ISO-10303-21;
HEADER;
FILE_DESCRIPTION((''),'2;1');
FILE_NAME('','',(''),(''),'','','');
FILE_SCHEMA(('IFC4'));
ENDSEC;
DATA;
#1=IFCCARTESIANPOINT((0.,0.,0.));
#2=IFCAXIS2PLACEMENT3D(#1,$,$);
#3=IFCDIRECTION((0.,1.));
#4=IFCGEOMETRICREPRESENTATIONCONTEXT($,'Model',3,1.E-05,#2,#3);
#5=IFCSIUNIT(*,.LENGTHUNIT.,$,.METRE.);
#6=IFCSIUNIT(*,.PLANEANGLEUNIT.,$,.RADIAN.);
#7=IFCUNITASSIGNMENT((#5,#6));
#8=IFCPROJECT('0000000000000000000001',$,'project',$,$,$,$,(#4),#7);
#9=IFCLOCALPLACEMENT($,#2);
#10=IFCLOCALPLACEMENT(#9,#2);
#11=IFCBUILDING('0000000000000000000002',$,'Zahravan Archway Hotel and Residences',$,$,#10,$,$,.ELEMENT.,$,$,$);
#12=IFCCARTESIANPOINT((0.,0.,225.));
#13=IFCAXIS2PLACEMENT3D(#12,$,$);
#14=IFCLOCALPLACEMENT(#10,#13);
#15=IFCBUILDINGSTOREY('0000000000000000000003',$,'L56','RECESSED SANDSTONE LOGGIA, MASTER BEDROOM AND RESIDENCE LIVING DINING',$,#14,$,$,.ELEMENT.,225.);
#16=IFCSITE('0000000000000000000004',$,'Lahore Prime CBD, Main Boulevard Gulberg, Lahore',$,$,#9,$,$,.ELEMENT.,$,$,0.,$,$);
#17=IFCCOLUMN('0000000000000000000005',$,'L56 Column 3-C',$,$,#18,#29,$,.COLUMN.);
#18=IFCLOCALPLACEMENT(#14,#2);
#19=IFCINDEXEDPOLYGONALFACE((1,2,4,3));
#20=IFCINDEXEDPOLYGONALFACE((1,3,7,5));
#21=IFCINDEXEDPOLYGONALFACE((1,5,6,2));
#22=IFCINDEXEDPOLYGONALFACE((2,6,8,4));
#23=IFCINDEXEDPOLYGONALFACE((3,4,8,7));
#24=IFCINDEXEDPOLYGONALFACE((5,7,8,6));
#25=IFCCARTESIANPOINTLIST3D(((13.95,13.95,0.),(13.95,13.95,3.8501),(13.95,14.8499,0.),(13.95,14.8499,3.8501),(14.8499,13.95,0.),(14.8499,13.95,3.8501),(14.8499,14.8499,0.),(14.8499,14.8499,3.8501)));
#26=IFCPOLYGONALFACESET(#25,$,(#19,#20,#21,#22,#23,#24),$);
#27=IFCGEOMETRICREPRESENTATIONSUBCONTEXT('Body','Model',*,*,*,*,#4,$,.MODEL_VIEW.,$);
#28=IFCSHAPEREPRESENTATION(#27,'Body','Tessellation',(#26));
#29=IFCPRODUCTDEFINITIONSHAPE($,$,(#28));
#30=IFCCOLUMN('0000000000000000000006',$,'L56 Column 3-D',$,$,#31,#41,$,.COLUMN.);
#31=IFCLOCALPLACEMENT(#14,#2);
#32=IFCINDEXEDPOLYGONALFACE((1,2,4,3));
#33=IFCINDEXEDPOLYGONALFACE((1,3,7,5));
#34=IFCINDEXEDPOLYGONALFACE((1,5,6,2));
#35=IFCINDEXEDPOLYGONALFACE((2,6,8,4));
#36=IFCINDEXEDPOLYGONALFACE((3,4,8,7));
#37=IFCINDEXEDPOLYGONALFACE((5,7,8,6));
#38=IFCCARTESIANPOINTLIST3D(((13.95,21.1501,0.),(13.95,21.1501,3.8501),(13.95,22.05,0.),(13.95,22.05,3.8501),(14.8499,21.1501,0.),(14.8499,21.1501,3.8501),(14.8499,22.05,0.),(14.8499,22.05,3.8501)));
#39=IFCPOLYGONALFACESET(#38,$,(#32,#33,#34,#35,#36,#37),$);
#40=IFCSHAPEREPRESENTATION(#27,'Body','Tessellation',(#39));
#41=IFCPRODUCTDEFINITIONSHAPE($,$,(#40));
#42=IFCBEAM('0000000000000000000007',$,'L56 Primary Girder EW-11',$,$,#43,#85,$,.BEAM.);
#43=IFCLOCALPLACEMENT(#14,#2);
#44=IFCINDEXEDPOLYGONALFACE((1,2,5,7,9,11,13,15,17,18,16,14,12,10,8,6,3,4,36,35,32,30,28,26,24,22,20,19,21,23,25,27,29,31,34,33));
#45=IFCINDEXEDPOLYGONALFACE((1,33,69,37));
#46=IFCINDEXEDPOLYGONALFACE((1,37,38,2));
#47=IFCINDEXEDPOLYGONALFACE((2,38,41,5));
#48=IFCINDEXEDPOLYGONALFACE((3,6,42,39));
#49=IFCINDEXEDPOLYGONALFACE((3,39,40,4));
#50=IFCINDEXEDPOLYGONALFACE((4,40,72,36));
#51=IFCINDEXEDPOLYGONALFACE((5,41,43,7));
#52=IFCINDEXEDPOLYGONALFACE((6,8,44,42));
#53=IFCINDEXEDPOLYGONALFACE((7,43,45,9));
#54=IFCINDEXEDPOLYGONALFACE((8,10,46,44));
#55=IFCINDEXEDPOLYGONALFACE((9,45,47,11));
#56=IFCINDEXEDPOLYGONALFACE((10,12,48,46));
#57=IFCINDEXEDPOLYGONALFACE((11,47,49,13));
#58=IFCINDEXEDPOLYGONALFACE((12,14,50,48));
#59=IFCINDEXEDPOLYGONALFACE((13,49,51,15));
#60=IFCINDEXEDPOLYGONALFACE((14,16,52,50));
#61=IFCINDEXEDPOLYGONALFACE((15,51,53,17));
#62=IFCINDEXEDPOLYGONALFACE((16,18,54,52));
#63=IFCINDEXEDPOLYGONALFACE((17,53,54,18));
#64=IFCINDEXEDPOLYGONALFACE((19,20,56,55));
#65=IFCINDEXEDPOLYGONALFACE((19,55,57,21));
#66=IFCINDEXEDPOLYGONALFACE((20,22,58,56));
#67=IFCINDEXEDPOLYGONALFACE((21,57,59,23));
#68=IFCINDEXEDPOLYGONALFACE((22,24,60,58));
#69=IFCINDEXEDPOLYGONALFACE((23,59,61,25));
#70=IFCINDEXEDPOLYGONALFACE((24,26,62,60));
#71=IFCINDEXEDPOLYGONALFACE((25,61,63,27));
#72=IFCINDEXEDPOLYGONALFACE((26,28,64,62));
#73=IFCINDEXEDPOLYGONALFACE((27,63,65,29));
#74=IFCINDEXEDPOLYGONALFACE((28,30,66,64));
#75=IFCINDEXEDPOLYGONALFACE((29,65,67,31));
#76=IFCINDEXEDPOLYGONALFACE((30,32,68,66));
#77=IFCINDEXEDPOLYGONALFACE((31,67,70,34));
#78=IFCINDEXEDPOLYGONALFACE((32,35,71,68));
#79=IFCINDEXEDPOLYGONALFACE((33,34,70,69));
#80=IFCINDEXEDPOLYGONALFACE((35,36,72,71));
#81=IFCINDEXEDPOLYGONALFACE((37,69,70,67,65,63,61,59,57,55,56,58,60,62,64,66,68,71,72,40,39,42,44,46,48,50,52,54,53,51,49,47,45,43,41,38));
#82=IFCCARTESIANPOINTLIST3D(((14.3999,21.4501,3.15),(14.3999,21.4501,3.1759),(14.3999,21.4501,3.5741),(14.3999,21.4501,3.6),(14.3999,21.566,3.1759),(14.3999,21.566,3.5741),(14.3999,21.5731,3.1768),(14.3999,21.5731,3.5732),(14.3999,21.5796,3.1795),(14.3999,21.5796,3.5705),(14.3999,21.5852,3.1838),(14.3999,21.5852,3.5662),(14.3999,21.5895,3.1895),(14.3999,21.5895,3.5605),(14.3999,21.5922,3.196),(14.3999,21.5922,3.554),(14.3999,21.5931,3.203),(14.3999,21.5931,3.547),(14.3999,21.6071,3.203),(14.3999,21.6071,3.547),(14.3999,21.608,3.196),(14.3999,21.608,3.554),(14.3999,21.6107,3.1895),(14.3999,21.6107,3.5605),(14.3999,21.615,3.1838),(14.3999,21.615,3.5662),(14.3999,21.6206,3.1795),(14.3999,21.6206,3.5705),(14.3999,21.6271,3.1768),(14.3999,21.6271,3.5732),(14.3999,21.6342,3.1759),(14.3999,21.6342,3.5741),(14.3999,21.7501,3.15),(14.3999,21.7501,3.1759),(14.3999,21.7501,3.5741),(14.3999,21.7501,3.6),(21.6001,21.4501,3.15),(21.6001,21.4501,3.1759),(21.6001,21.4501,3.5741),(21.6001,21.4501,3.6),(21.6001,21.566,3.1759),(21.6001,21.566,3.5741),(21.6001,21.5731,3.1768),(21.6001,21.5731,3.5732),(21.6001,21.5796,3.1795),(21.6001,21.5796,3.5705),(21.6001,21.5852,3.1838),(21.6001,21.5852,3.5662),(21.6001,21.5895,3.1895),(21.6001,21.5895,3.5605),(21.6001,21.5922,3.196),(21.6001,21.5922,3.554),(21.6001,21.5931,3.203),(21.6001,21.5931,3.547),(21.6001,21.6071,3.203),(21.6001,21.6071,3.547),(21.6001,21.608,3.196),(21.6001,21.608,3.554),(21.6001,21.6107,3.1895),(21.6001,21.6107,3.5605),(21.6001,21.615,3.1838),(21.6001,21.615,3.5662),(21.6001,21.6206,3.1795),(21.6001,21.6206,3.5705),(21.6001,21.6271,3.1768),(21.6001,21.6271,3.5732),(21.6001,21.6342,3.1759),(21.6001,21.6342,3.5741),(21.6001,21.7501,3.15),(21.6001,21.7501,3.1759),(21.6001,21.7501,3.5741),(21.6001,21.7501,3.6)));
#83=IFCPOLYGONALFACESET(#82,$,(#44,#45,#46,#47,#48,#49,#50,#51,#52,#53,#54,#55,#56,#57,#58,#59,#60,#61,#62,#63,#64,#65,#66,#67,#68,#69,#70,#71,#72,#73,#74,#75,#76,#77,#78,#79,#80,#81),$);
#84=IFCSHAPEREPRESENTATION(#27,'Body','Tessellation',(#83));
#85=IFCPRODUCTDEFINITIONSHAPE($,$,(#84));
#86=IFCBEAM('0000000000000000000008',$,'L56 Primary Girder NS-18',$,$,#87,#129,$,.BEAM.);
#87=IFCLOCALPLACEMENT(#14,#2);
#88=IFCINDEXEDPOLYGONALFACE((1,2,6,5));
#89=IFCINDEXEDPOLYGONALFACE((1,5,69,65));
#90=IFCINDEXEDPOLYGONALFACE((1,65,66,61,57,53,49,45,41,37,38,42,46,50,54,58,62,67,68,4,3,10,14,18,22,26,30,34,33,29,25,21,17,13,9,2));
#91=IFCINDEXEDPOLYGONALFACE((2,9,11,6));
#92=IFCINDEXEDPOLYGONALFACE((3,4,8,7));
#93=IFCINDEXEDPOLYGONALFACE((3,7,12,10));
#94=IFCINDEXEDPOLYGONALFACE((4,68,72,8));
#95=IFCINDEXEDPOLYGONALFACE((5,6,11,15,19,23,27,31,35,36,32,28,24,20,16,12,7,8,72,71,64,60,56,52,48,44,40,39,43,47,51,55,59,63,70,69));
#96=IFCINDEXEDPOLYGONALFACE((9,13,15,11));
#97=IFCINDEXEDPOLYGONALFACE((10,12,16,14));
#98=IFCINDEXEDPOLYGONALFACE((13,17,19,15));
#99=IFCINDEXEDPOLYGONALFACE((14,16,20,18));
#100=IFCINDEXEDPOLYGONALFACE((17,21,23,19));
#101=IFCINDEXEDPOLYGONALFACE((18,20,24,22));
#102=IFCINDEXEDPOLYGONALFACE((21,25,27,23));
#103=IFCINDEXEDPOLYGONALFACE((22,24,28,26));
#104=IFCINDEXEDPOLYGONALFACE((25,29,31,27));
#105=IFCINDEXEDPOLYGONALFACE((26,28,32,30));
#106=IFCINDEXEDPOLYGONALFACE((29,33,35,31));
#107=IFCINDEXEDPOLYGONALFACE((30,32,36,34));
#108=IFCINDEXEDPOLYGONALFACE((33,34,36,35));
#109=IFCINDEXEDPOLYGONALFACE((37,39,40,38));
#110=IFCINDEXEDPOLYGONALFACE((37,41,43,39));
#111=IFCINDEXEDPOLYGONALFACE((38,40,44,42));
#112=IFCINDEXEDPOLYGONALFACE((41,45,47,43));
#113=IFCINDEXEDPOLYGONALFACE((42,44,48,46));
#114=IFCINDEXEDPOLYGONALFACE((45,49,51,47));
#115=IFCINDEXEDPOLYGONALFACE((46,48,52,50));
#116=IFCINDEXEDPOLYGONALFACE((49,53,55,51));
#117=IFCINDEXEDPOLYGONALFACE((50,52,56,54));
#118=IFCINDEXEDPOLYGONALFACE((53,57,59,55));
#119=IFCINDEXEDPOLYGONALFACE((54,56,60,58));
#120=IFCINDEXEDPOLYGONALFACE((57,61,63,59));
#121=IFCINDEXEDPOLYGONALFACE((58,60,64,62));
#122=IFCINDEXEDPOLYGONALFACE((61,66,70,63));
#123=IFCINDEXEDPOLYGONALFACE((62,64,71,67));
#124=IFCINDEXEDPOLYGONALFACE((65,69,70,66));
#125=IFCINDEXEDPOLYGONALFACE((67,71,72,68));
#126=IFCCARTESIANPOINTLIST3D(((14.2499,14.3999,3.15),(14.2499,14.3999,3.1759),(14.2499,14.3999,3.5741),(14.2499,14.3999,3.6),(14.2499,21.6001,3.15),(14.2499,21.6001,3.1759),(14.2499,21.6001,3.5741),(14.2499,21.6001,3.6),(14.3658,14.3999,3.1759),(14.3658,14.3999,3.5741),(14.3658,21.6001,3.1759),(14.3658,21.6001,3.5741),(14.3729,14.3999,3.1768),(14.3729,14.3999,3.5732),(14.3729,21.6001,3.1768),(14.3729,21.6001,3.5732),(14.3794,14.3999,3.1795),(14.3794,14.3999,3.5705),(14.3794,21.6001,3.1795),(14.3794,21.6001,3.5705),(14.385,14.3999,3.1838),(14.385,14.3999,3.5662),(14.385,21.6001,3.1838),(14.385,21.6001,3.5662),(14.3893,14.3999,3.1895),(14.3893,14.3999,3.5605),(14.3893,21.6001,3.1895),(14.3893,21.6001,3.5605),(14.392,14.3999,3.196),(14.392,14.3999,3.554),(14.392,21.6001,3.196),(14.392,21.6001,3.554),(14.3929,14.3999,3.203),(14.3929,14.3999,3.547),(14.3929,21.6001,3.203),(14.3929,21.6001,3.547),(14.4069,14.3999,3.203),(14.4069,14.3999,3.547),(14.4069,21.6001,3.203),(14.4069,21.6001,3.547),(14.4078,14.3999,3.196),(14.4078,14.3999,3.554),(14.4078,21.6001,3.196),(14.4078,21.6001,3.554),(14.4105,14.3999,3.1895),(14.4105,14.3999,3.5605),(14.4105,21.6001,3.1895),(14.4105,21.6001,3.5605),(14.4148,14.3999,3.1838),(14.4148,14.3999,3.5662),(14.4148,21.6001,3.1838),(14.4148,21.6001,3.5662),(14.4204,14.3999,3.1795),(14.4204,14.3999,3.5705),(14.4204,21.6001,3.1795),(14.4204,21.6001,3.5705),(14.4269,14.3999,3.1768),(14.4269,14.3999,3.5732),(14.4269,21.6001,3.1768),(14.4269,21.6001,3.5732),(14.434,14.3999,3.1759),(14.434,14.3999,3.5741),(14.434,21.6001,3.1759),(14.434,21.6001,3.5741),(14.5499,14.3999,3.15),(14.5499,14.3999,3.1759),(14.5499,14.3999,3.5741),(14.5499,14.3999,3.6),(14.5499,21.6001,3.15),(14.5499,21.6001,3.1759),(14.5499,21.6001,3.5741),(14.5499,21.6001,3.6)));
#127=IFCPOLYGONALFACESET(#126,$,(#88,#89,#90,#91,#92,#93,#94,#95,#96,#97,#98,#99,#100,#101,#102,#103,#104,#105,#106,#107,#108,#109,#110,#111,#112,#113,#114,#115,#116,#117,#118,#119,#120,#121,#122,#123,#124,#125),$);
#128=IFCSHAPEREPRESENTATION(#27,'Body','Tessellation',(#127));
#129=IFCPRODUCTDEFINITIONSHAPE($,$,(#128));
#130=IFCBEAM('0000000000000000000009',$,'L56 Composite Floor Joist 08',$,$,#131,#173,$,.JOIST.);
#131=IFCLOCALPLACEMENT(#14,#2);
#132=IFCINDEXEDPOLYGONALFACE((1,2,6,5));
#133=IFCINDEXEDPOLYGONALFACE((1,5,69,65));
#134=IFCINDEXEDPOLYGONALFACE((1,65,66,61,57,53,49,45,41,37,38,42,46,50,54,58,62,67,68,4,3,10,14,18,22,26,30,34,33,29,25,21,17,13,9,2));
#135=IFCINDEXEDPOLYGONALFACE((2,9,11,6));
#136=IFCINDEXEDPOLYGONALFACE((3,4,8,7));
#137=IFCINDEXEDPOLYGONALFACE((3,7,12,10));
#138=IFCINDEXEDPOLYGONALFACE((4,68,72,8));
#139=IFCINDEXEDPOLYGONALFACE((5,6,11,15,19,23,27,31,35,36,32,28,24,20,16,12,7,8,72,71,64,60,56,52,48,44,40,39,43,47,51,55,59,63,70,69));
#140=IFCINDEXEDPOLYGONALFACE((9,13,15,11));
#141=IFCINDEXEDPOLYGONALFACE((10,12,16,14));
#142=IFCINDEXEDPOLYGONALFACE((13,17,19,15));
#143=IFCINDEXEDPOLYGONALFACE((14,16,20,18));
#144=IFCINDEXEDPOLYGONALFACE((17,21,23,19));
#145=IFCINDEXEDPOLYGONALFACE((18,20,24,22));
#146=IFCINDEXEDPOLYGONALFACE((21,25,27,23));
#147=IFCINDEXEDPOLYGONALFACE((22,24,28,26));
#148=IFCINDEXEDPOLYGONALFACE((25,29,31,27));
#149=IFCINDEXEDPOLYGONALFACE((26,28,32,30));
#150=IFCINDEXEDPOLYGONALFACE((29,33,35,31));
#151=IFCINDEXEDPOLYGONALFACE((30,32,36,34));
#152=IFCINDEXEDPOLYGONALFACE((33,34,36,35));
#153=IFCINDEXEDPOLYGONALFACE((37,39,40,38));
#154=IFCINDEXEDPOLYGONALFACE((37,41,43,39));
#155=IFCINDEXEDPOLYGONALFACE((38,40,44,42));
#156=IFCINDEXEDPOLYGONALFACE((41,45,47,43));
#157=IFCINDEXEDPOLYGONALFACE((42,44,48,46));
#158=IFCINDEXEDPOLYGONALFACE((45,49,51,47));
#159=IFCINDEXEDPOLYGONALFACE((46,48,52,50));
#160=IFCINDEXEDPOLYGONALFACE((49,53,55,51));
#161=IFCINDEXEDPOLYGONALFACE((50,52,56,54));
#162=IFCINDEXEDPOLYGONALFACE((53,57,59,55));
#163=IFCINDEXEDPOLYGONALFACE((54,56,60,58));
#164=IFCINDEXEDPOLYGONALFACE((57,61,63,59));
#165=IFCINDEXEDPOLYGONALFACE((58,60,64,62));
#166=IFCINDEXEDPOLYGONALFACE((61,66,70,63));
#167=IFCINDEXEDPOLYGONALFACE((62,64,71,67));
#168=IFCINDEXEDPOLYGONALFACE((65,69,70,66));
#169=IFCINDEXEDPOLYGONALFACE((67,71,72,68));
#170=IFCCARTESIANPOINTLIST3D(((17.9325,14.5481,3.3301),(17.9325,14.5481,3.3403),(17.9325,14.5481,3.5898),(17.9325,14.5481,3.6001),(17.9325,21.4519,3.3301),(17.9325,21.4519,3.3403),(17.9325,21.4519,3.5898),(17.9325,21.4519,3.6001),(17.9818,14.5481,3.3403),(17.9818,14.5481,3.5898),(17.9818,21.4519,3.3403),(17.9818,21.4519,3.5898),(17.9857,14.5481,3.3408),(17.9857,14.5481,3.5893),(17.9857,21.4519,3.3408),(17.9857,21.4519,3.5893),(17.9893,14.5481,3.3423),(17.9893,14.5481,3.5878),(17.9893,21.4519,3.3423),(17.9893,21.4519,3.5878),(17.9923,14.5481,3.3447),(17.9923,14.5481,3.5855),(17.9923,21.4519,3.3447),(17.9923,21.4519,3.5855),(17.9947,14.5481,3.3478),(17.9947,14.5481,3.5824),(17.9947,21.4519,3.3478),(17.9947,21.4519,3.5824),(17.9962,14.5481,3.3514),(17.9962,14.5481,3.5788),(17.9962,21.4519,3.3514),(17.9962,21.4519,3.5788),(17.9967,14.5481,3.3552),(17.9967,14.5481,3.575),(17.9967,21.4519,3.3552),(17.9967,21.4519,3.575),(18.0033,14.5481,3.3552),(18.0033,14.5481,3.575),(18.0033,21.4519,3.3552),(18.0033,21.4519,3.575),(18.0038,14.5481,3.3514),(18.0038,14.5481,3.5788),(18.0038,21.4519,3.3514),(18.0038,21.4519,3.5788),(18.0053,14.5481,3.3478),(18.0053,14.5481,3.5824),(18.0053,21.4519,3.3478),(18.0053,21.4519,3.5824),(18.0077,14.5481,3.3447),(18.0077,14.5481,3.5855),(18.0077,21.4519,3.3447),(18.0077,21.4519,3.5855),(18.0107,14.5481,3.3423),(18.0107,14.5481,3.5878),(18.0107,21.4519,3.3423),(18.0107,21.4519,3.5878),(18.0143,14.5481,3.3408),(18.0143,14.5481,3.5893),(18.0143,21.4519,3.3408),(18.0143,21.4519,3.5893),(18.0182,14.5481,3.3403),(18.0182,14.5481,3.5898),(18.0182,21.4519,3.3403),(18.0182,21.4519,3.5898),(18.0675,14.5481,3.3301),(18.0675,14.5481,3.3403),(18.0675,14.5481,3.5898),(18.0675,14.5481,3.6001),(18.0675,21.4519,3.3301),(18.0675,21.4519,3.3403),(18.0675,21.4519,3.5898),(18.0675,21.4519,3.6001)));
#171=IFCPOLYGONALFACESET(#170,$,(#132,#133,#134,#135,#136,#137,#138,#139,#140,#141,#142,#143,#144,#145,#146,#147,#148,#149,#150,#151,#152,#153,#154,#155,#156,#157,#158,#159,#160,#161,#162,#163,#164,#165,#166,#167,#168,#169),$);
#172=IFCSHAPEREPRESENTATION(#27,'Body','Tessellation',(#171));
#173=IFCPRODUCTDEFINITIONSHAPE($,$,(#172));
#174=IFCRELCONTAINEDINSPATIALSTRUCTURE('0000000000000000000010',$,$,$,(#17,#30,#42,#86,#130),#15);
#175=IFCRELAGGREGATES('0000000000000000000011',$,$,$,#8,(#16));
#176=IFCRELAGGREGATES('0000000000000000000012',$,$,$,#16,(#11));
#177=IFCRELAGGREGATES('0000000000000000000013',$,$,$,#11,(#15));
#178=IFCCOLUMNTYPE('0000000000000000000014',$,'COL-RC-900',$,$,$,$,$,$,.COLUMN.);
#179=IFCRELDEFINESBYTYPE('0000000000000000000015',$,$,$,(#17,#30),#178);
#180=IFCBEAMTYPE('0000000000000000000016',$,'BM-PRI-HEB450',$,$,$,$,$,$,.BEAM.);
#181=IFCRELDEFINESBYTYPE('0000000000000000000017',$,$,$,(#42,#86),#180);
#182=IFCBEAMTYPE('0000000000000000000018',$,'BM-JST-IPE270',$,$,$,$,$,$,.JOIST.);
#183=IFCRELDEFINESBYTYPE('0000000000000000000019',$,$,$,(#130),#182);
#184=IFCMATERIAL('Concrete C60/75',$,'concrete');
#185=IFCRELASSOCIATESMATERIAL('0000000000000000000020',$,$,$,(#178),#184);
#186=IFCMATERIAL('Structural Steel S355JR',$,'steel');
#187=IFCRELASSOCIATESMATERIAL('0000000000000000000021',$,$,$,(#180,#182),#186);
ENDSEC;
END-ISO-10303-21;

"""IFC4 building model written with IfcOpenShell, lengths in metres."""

from ifc_helpers import new_model, si_unit, direction, frame, origin, origin_2d, place, context, subcontext, project, spatial, rectangle, i_section, extrude, source, transform, mapped, material, material_profile, profile_set, type_object, type_shapes, element, save


model = new_model("IFC4")

# Units and contexts
model_context = context("Model", 3, precision=1e-05, world=origin(), true_north=direction((0.0, 1.0)))
body_context = subcontext(model_context, "Body", "Model", "MODEL_VIEW")
ifc_project = project(units=[si_unit("LENGTHUNIT", "METRE"), si_unit("PLANEANGLEUNIT", "RADIAN")], contexts=[model_context])

# Site, building, storey
site_placement = place(None, origin())
site = spatial("IfcSite", under=ifc_project, at=site_placement, Name="Lahore Prime CBD, Main Boulevard Gulberg, Lahore", CompositionType="ELEMENT", RefElevation=0.0)
building_placement = place(site_placement, origin())
building = spatial("IfcBuilding", under=site, at=building_placement, Name="Zahravan Archway Hotel and Residences", CompositionType="ELEMENT")
storey_placement = place(building_placement, frame((0.0, 0.0, 225.0)))
storey = spatial("IfcBuildingStorey", under=building, at=storey_placement, Name="L56", Description="RECESSED SANDSTONE LOGGIA, MASTER BEDROOM AND RESIDENCE LIVING DINING", CompositionType="ELEMENT", Elevation=225.0)

# Columns
ifc_material_1 = material(Name="Concrete C60/75", Category="concrete")
ifc_material_profile_1 = material_profile(ifc_material_1, rectangle(XDim=0.8999, YDim=0.8999, at=origin_2d()), Name="RC-COL-900x900", Category="concrete")
ifc_profile_set_1 = profile_set([ifc_material_profile_1], Name="Concrete C60/75")
column_type = type_object("IfcColumnType", Name="COL-RC-900", PredefinedType="COLUMN", material=ifc_profile_set_1)
shared_shape_1 = source(origin(), body_context, "Body", "SweptSolid", [
    extrude(rectangle(XDim=0.8999, YDim=0.8999, at=origin_2d()), origin(), (0.0, 0.0, 1.0), 3.8501),
])
type_shapes(column_type, [shared_shape_1])
for number, where, z_axis, x_axis, name in (
    (1, (14.3999, 14.3999, 0.0), (0.0, 0.0, 1.0), (1.0, 0.0, 0.0), "L56 Column 3-C"),
    (2, (14.3999, 21.6001, 0.0), (0.0, 0.0, 1.0), (1.0, 0.0, 0.0), "L56 Column 3-D"),
):
    element("IfcColumn", number, at=place(storey_placement, frame(where, z_axis=z_axis, x_axis=x_axis)), inside=storey, type_object=column_type, Name=name, PredefinedType="COLUMN", context=body_context, shape_type="MappedRepresentation", body=[
        mapped(shared_shape_1, transform((0.0, 0.0, 0.0), scale=1.0)),
    ])

# Beams
ifc_material_2 = material(Name="Structural Steel S355JR", Category="steel")
ifc_material_profile_2 = material_profile(ifc_material_2, i_section(OverallWidth=0.3, OverallDepth=0.45, WebThickness=0.0139, FlangeThickness=0.0259, FilletRadius=0.0271, at=origin_2d()), Name="HEB 450", Category="steel")
ifc_profile_set_2 = profile_set([ifc_material_profile_2], Name="Structural Steel S355JR")
beam_type_1 = type_object("IfcBeamType", Name="BM-PRI-HEB450", PredefinedType="BEAM", material=ifc_profile_set_2)
shared_shape_2 = source(origin(), body_context, "Body", "SweptSolid", [
    extrude(i_section(OverallWidth=0.3, OverallDepth=0.45, WebThickness=0.0139, FlangeThickness=0.0259, FilletRadius=0.0271, at=origin_2d()), origin(), (0.0, 0.0, 1.0), 7.2002),
])
type_shapes(beam_type_1, [shared_shape_2])
for number, where, z_axis, x_axis, name in (
    (3, (14.3999, 21.6001, 3.375), (1.0, 0.0, 0.0), (0.0, 1.0, 0.0), "L56 Primary Girder EW-11"),
    (4, (14.3999, 14.3999, 3.375), (0.0, 1.0, 0.0), (-1.0, 0.0, 0.0), "L56 Primary Girder NS-18"),
):
    element("IfcBeam", number, at=place(storey_placement, frame(where, z_axis=z_axis, x_axis=x_axis)), inside=storey, type_object=beam_type_1, Name=name, PredefinedType="BEAM", context=body_context, shape_type="MappedRepresentation", body=[
        mapped(shared_shape_2, transform((0.0, 0.0, 0.0), scale=1.0)),
    ])
ifc_material_profile_3 = material_profile(ifc_material_2, i_section(OverallWidth=0.135, OverallDepth=0.27, WebThickness=0.0066, FlangeThickness=0.0103, FilletRadius=0.0149, at=origin_2d()), Name="IPE 270", Category="steel")
ifc_profile_set_3 = profile_set([ifc_material_profile_3], Name="Structural Steel S355JR")
beam_type_2 = type_object("IfcBeamType", Name="BM-JST-IPE270", PredefinedType="JOIST", material=ifc_profile_set_3)
shared_shape_3 = source(origin(), body_context, "Body", "SweptSolid", [
    extrude(i_section(OverallWidth=0.135, OverallDepth=0.27, WebThickness=0.0066, FlangeThickness=0.0103, FilletRadius=0.0149, at=origin_2d()), origin(), (0.0, 0.0, 1.0), 6.9038),
])
beam_1_placement = place(storey_placement, frame((18.0, 14.5481, 3.4651), z_axis=(0.0, 1.0, 0.0), x_axis=(-1.0, 0.0, 0.0)))
element("IfcBeam", 5, at=beam_1_placement, inside=storey, type_object=beam_type_2, Name="L56 Composite Floor Joist 08", PredefinedType="JOIST", context=body_context, shape_type="MappedRepresentation", body=[
    mapped(shared_shape_3, transform((0.0, 0.0, 0.0), scale=1.0)),
])

save(model, "model.ifc")
